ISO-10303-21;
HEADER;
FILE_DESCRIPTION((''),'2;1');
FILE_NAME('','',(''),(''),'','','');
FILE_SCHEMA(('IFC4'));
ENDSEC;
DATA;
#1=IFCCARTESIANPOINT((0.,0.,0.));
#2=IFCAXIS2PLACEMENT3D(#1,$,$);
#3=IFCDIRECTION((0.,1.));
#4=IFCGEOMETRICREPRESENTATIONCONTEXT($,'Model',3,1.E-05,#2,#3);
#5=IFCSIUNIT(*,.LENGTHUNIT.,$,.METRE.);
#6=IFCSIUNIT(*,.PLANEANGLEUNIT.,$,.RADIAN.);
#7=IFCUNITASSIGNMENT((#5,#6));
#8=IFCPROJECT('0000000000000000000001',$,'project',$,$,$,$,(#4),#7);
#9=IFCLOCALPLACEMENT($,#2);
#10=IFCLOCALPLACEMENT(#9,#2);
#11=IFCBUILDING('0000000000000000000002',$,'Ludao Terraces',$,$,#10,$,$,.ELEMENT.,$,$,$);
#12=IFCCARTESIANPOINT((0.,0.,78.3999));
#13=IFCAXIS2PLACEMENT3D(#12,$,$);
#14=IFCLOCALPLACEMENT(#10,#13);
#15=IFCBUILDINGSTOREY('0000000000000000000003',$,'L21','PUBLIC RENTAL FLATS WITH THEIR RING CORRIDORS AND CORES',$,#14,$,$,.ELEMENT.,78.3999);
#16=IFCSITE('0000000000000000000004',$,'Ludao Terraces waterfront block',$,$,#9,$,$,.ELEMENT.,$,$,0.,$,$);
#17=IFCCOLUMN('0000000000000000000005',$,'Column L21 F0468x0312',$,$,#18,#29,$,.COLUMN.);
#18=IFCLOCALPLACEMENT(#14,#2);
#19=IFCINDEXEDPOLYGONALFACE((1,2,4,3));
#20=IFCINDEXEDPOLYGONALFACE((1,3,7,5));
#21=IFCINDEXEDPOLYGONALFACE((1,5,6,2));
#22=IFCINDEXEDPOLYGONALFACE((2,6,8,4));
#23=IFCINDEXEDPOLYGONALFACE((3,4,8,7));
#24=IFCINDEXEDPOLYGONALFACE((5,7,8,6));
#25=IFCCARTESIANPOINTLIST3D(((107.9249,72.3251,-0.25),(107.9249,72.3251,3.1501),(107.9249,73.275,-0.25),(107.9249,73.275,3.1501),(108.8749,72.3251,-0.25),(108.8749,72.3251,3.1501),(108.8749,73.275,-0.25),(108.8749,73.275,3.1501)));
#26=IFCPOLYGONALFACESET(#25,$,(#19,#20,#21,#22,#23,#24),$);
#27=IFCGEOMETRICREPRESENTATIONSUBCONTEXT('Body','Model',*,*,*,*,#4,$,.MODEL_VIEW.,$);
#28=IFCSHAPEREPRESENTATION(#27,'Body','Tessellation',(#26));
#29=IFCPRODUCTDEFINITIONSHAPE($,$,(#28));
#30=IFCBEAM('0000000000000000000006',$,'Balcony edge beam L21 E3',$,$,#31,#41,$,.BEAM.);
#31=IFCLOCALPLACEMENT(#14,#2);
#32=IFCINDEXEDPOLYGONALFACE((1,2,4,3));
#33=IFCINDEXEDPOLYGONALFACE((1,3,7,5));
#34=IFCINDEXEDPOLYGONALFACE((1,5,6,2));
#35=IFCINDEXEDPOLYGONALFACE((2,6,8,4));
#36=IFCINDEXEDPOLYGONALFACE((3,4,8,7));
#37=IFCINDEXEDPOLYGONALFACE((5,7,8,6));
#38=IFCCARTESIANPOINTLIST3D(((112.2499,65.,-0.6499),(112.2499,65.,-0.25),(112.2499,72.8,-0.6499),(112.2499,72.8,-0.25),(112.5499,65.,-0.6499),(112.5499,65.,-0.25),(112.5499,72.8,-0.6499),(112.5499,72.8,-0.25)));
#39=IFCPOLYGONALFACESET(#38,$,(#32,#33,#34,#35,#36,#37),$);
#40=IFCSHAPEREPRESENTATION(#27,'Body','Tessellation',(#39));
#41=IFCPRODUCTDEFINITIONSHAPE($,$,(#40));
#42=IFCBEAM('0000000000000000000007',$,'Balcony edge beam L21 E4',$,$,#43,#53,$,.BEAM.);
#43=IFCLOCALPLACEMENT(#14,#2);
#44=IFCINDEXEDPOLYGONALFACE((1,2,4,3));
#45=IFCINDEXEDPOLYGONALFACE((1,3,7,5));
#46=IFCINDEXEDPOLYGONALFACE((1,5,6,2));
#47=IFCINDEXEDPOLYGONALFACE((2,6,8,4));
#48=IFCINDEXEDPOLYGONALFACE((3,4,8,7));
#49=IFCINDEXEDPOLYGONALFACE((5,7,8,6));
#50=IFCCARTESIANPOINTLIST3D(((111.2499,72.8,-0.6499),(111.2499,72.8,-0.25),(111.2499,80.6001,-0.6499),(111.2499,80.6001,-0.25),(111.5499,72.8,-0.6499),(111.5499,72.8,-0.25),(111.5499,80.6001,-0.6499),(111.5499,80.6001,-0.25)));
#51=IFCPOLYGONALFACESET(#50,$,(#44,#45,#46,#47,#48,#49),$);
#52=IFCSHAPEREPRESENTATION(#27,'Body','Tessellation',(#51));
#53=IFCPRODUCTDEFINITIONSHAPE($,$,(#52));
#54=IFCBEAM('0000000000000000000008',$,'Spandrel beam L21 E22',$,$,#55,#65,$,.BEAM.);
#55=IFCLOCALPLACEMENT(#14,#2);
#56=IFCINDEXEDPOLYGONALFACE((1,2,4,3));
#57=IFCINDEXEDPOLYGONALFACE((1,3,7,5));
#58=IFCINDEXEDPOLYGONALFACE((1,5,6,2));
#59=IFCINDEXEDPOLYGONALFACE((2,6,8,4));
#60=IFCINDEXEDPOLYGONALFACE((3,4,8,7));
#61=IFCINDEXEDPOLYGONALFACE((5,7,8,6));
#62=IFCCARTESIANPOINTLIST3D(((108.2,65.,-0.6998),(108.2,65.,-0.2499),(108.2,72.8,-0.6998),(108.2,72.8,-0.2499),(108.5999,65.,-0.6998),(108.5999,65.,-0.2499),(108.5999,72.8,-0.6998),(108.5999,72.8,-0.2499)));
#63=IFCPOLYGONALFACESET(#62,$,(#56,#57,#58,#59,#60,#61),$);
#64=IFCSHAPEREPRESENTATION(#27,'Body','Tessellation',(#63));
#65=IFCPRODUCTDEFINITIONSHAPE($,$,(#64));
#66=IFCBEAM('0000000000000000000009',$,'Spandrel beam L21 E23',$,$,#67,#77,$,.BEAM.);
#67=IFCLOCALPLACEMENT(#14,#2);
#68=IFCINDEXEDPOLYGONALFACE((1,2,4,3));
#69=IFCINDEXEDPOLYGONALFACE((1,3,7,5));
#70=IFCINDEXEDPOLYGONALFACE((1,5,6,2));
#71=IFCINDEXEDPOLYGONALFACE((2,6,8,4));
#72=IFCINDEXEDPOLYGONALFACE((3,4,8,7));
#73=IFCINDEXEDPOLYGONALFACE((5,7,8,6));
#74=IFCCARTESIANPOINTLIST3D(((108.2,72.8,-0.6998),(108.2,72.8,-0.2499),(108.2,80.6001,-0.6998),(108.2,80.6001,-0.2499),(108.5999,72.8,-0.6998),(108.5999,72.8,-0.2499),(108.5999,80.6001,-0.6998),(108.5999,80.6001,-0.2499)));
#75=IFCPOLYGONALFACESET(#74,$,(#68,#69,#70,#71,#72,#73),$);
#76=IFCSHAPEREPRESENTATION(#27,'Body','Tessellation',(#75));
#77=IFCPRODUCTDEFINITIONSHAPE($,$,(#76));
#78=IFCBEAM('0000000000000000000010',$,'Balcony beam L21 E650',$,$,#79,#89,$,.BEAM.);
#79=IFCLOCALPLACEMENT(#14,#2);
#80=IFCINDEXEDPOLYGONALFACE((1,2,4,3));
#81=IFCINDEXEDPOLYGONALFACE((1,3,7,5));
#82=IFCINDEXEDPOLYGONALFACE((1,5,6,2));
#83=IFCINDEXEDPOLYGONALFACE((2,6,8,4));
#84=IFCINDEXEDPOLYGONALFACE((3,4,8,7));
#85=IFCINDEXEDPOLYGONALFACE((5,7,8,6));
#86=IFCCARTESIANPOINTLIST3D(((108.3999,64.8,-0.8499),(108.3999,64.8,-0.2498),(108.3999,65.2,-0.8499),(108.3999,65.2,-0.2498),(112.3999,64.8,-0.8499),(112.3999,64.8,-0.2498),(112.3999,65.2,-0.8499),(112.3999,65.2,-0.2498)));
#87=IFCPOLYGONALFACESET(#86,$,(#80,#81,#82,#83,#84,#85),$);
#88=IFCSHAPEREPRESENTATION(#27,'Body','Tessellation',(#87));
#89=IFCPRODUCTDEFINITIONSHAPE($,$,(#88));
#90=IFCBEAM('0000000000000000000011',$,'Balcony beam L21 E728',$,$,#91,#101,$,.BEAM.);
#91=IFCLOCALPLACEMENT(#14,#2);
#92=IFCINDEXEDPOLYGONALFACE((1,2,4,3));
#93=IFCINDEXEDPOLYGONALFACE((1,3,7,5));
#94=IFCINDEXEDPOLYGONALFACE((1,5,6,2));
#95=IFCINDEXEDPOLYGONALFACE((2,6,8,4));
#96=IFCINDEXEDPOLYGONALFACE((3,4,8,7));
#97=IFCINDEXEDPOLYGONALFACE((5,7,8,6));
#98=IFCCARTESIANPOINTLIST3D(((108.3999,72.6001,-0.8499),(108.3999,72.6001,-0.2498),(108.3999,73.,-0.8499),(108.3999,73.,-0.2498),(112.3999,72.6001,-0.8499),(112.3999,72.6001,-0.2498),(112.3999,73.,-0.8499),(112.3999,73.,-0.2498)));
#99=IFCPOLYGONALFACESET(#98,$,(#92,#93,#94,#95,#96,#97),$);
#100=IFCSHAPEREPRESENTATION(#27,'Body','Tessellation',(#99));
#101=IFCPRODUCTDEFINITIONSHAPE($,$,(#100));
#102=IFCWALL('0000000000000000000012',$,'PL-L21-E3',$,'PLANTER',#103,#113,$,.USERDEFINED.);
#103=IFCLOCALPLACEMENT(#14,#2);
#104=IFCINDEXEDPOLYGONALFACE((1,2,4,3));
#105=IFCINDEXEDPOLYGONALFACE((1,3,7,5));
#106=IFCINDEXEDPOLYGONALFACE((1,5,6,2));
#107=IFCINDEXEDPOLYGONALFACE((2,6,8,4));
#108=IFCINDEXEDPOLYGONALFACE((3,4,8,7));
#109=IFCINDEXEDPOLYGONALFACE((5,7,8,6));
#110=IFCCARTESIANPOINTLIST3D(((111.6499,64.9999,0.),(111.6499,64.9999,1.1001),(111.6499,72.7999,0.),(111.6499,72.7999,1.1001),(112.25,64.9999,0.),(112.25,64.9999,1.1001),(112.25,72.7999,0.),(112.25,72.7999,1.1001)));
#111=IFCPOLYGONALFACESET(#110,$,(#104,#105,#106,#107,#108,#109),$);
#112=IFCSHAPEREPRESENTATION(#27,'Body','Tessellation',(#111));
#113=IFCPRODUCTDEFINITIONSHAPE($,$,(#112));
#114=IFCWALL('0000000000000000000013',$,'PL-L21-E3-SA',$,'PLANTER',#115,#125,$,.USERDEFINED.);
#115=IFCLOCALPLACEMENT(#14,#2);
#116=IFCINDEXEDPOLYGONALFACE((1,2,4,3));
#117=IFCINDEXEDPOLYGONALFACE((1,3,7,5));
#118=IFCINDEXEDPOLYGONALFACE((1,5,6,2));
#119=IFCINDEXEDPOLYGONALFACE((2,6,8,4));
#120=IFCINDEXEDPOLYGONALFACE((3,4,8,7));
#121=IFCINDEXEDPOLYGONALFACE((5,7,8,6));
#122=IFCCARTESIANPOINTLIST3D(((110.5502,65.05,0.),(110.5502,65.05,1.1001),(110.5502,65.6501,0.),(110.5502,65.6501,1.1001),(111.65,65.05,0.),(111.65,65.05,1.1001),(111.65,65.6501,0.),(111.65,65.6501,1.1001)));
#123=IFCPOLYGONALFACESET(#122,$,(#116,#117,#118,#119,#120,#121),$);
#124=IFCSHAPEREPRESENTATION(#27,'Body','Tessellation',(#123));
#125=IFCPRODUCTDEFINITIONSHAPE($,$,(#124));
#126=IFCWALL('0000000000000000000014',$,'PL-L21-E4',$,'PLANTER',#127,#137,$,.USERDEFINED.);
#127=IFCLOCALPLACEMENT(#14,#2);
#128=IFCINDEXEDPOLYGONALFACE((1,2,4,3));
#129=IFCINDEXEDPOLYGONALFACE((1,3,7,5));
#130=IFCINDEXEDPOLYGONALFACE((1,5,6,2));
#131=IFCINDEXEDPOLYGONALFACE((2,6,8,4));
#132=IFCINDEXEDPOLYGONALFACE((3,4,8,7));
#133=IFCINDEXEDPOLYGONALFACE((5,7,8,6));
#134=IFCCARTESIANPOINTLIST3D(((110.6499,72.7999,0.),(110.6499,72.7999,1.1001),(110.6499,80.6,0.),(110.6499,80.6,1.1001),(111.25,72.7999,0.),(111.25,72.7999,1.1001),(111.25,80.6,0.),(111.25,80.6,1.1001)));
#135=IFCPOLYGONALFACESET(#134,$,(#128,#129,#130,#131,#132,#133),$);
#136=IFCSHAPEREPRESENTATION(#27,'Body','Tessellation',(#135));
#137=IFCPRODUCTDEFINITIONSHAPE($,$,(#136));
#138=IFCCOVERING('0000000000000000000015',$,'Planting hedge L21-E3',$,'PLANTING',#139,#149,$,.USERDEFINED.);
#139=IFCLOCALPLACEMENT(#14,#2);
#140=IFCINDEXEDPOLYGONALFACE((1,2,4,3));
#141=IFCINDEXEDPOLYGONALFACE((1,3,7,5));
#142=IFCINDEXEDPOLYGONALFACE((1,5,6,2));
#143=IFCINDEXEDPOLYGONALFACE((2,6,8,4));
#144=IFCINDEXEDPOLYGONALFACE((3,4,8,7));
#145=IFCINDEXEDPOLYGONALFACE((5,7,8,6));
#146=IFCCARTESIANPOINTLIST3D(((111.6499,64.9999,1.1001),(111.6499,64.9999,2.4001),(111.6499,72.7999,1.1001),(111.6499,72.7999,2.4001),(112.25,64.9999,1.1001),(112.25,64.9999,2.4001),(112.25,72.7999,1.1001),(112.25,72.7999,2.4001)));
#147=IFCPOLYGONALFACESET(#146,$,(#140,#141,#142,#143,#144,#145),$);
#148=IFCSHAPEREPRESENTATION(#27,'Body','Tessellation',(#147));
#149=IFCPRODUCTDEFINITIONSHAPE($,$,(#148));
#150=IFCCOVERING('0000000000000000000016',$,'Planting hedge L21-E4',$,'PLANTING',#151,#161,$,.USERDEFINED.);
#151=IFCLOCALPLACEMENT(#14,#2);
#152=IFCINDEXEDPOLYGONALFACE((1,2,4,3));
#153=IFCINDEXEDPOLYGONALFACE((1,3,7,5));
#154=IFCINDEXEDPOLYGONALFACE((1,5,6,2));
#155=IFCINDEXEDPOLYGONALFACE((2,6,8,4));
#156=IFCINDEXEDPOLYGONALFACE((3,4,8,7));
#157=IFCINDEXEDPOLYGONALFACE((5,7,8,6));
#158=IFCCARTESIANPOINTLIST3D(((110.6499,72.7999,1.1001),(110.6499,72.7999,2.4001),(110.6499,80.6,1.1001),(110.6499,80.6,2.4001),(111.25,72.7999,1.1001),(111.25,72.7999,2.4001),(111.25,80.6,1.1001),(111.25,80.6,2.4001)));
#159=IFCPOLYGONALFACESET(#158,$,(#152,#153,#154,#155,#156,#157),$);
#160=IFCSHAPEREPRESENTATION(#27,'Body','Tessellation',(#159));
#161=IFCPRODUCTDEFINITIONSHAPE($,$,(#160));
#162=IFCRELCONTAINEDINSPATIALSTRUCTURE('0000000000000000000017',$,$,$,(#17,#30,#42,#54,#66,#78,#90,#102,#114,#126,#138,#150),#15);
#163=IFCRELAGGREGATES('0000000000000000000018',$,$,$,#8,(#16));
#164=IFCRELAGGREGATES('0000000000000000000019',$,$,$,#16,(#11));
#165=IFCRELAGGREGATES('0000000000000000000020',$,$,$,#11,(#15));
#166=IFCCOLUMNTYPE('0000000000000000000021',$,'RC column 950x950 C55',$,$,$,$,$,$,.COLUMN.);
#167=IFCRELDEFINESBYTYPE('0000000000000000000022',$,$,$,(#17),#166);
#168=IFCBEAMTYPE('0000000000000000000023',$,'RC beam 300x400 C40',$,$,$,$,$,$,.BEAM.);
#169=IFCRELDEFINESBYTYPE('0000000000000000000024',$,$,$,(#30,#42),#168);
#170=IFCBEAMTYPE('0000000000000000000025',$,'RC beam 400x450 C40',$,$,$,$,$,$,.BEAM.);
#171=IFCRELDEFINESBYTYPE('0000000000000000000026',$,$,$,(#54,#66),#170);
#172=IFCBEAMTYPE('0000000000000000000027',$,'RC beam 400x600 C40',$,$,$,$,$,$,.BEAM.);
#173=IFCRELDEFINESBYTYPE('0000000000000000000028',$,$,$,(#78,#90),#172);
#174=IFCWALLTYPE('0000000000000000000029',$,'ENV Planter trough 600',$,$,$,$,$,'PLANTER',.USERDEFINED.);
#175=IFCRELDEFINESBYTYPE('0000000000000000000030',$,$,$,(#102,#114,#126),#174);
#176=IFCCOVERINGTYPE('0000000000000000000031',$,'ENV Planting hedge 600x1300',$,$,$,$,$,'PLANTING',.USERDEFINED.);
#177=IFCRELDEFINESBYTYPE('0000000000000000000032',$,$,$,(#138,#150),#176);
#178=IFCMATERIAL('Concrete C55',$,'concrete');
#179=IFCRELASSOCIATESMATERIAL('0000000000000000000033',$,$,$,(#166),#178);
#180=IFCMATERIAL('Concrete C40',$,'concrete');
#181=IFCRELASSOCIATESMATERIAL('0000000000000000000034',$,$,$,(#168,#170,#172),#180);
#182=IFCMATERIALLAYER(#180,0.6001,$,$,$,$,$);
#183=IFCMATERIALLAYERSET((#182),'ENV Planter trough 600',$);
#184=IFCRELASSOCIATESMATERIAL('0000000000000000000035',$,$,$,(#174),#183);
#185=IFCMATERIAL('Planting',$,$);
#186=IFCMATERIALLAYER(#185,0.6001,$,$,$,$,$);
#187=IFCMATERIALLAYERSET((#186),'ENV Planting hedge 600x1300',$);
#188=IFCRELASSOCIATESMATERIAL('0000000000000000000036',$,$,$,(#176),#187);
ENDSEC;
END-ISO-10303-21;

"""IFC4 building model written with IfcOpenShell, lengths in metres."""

from ifc_helpers import new_model, si_unit, direction, frame, frame_2d, origin, origin_2d, place, context, subcontext, project, spatial, rectangle, extrude, material, layer, layer_set, material_profile, profile_set, type_object, element, save


model = new_model("IFC4")

# Units and contexts
model_context = context("Model", 3, precision=1e-05, world=origin(), true_north=direction((0.0, 1.0)))
body_context = subcontext(model_context, "Body", "Model", "MODEL_VIEW")
ifc_project = project(units=[si_unit("LENGTHUNIT", "METRE"), si_unit("PLANEANGLEUNIT", "RADIAN")], contexts=[model_context])

# Site, building, storey
site_placement = place(None, origin())
site = spatial("IfcSite", under=ifc_project, at=site_placement, Name="Ludao Terraces waterfront block", CompositionType="ELEMENT", RefElevation=0.0)
building_placement = place(site_placement, origin())
building = spatial("IfcBuilding", under=site, at=building_placement, Name="Ludao Terraces", CompositionType="ELEMENT")
storey_placement = place(building_placement, frame((0.0, 0.0, 78.3999)))
storey = spatial("IfcBuildingStorey", under=building, at=storey_placement, Name="L21", Description="PUBLIC RENTAL FLATS WITH THEIR RING CORRIDORS AND CORES", CompositionType="ELEMENT", Elevation=78.3999)

# Column
ifc_material_1 = material(Name="Concrete C55", Category="concrete")
ifc_material_profile_1 = material_profile(ifc_material_1, rectangle(XDim=0.95, YDim=0.95, at=origin_2d()), Name="950 X 950")
ifc_profile_set_1 = profile_set([ifc_material_profile_1], Name="Concrete C55")
column_type = type_object("IfcColumnType", Name="RC column 950x950 C55", PredefinedType="COLUMN", material=ifc_profile_set_1)
column_placement = place(storey_placement, frame((108.3999, 72.8, -0.25), z_axis=(0.0, 0.0, 1.0), x_axis=(1.0, 0.0, 0.0)))
element("IfcColumn", 1, at=column_placement, inside=storey, type_object=column_type, Name="Column L21 F0468x0312", PredefinedType="COLUMN", context=body_context, shape_type="SweptSolid", body=[
    extrude(rectangle(XDim=0.95, YDim=0.95, at=origin_2d()), origin(), (0.0, 0.0, 1.0), 3.4001),
])

# Beams
ifc_material_2 = material(Name="Concrete C40", Category="concrete")
ifc_material_profile_2 = material_profile(ifc_material_2, rectangle(XDim=0.3, YDim=0.3999, at=origin_2d()), Name="300 X 400")
ifc_profile_set_2 = profile_set([ifc_material_profile_2], Name="Concrete C40")
beam_type_1 = type_object("IfcBeamType", Name="RC beam 300x400 C40", PredefinedType="BEAM", material=ifc_profile_set_2)
for number, where, z_axis, x_axis, name in (
    (2, (112.3999, 65.0, -0.45), (0.0, 1.0, 0.0), (-1.0, 0.0, 0.0), "Balcony edge beam L21 E3"),
    (3, (111.3999, 72.8, -0.45), (0.0, 1.0, 0.0), (-1.0, 0.0, 0.0), "Balcony edge beam L21 E4"),
):
    element("IfcBeam", number, at=place(storey_placement, frame(where, z_axis=z_axis, x_axis=x_axis)), inside=storey, type_object=beam_type_1, Name=name, PredefinedType="BEAM", context=body_context, shape_type="SweptSolid", body=[
        extrude(rectangle(XDim=0.3, YDim=0.3999, at=origin_2d()), origin(), (0.0, 0.0, 1.0), 7.8),
    ])
ifc_material_profile_3 = material_profile(ifc_material_2, rectangle(XDim=0.3999, YDim=0.45, at=origin_2d()), Name="400 X 450")
ifc_profile_set_3 = profile_set([ifc_material_profile_3], Name="Concrete C40")
beam_type_2 = type_object("IfcBeamType", Name="RC beam 400x450 C40", PredefinedType="BEAM", material=ifc_profile_set_3)
for number, where, z_axis, x_axis, name in (
    (4, (108.3999, 65.0, -0.4749), (0.0, 1.0, 0.0), (-1.0, 0.0, 0.0), "Spandrel beam L21 E22"),
    (5, (108.3999, 72.8, -0.4749), (0.0, 1.0, 0.0), (-1.0, 0.0, 0.0), "Spandrel beam L21 E23"),
):
    element("IfcBeam", number, at=place(storey_placement, frame(where, z_axis=z_axis, x_axis=x_axis)), inside=storey, type_object=beam_type_2, Name=name, PredefinedType="BEAM", context=body_context, shape_type="SweptSolid", body=[
        extrude(rectangle(XDim=0.3999, YDim=0.45, at=origin_2d()), origin(), (0.0, 0.0, 1.0), 7.8),
    ])
ifc_material_profile_4 = material_profile(ifc_material_2, rectangle(XDim=0.3999, YDim=0.6001, at=origin_2d()), Name="400 X 600")
ifc_profile_set_4 = profile_set([ifc_material_profile_4], Name="Concrete C40")
beam_type_3 = type_object("IfcBeamType", Name="RC beam 400x600 C40", PredefinedType="BEAM", material=ifc_profile_set_4)
for number, where, z_axis, x_axis, name in (
    (6, (108.3999, 65.0, -0.5498), (1.0, 0.0, 0.0), (0.0, 1.0, 0.0), "Balcony beam L21 E650"),
    (7, (108.3999, 72.8, -0.5498), (1.0, 0.0, 0.0), (0.0, 1.0, 0.0), "Balcony beam L21 E728"),
):
    element("IfcBeam", number, at=place(storey_placement, frame(where, z_axis=z_axis, x_axis=x_axis)), inside=storey, type_object=beam_type_3, Name=name, PredefinedType="BEAM", context=body_context, shape_type="SweptSolid", body=[
        extrude(rectangle(XDim=0.3999, YDim=0.6001, at=origin_2d()), origin(), (0.0, 0.0, 1.0), 4.0),
    ])

# Walls
ifc_layer_1 = layer(ifc_material_2, 0.6001)
ifc_layer_set_1 = layer_set([ifc_layer_1], Name="ENV Planter trough 600")
wall_type = type_object("IfcWallType", Name="ENV Planter trough 600", ElementType="PLANTER", PredefinedType="USERDEFINED", material=ifc_layer_set_1)
wall_1_placement = place(storey_placement, frame((111.95, 65.0, 0.0), z_axis=(0.0, 0.0, 1.0), x_axis=(0.0, 1.0, 0.0)))
element("IfcWall", 8, at=wall_1_placement, inside=storey, type_object=wall_type, Name="PL-L21-E3", ObjectType="PLANTER", PredefinedType="USERDEFINED", context=body_context, shape_type="SweptSolid", body=[
    extrude(rectangle(XDim=7.8, YDim=0.6001, at=frame_2d((3.8999, 0.0))), origin(), (0.0, 0.0, 1.0), 1.1001),
])
wall_2_placement = place(storey_placement, frame((111.6499, 65.3501, 0.0), z_axis=(0.0, 0.0, 1.0), x_axis=(-1.0, 0.0, 0.0)))
element("IfcWall", 9, at=wall_2_placement, inside=storey, type_object=wall_type, Name="PL-L21-E3-SA", ObjectType="PLANTER", PredefinedType="USERDEFINED", context=body_context, shape_type="SweptSolid", body=[
    extrude(rectangle(XDim=1.0999, YDim=0.6001, at=frame_2d((0.5498, 0.0))), origin(), (0.0, 0.0, 1.0), 1.1001),
])
wall_3_placement = place(storey_placement, frame((110.95, 72.8, 0.0), z_axis=(0.0, 0.0, 1.0), x_axis=(0.0, 1.0, 0.0)))
element("IfcWall", 10, at=wall_3_placement, inside=storey, type_object=wall_type, Name="PL-L21-E4", ObjectType="PLANTER", PredefinedType="USERDEFINED", context=body_context, shape_type="SweptSolid", body=[
    extrude(rectangle(XDim=7.8, YDim=0.6001, at=frame_2d((3.8999, 0.0))), origin(), (0.0, 0.0, 1.0), 1.1001),
])

# Coverings
ifc_material_3 = material(Name="Planting")
ifc_layer_2 = layer(ifc_material_3, 0.6001)
ifc_layer_set_2 = layer_set([ifc_layer_2], Name="ENV Planting hedge 600x1300")
covering_type = type_object("IfcCoveringType", Name="ENV Planting hedge 600x1300", ElementType="PLANTING", PredefinedType="USERDEFINED", material=ifc_layer_set_2)
for number, where, z_axis, x_axis, name in (
    (11, (111.95, 68.8999, 1.1001), (0.0, 0.0, 1.0), (1.0, 0.0, 0.0), "Planting hedge L21-E3"),
    (12, (110.95, 76.7, 1.1001), (0.0, 0.0, 1.0), (1.0, 0.0, 0.0), "Planting hedge L21-E4"),
):
    element("IfcCovering", number, at=place(storey_placement, frame(where, z_axis=z_axis, x_axis=x_axis)), inside=storey, type_object=covering_type, Name=name, ObjectType="PLANTING", PredefinedType="USERDEFINED", context=body_context, shape_type="SweptSolid", body=[
        extrude(rectangle(XDim=0.6001, YDim=7.8, at=origin_2d()), origin(), (0.0, 0.0, 1.0), 1.3),
    ])

save(model, "model.ifc")
